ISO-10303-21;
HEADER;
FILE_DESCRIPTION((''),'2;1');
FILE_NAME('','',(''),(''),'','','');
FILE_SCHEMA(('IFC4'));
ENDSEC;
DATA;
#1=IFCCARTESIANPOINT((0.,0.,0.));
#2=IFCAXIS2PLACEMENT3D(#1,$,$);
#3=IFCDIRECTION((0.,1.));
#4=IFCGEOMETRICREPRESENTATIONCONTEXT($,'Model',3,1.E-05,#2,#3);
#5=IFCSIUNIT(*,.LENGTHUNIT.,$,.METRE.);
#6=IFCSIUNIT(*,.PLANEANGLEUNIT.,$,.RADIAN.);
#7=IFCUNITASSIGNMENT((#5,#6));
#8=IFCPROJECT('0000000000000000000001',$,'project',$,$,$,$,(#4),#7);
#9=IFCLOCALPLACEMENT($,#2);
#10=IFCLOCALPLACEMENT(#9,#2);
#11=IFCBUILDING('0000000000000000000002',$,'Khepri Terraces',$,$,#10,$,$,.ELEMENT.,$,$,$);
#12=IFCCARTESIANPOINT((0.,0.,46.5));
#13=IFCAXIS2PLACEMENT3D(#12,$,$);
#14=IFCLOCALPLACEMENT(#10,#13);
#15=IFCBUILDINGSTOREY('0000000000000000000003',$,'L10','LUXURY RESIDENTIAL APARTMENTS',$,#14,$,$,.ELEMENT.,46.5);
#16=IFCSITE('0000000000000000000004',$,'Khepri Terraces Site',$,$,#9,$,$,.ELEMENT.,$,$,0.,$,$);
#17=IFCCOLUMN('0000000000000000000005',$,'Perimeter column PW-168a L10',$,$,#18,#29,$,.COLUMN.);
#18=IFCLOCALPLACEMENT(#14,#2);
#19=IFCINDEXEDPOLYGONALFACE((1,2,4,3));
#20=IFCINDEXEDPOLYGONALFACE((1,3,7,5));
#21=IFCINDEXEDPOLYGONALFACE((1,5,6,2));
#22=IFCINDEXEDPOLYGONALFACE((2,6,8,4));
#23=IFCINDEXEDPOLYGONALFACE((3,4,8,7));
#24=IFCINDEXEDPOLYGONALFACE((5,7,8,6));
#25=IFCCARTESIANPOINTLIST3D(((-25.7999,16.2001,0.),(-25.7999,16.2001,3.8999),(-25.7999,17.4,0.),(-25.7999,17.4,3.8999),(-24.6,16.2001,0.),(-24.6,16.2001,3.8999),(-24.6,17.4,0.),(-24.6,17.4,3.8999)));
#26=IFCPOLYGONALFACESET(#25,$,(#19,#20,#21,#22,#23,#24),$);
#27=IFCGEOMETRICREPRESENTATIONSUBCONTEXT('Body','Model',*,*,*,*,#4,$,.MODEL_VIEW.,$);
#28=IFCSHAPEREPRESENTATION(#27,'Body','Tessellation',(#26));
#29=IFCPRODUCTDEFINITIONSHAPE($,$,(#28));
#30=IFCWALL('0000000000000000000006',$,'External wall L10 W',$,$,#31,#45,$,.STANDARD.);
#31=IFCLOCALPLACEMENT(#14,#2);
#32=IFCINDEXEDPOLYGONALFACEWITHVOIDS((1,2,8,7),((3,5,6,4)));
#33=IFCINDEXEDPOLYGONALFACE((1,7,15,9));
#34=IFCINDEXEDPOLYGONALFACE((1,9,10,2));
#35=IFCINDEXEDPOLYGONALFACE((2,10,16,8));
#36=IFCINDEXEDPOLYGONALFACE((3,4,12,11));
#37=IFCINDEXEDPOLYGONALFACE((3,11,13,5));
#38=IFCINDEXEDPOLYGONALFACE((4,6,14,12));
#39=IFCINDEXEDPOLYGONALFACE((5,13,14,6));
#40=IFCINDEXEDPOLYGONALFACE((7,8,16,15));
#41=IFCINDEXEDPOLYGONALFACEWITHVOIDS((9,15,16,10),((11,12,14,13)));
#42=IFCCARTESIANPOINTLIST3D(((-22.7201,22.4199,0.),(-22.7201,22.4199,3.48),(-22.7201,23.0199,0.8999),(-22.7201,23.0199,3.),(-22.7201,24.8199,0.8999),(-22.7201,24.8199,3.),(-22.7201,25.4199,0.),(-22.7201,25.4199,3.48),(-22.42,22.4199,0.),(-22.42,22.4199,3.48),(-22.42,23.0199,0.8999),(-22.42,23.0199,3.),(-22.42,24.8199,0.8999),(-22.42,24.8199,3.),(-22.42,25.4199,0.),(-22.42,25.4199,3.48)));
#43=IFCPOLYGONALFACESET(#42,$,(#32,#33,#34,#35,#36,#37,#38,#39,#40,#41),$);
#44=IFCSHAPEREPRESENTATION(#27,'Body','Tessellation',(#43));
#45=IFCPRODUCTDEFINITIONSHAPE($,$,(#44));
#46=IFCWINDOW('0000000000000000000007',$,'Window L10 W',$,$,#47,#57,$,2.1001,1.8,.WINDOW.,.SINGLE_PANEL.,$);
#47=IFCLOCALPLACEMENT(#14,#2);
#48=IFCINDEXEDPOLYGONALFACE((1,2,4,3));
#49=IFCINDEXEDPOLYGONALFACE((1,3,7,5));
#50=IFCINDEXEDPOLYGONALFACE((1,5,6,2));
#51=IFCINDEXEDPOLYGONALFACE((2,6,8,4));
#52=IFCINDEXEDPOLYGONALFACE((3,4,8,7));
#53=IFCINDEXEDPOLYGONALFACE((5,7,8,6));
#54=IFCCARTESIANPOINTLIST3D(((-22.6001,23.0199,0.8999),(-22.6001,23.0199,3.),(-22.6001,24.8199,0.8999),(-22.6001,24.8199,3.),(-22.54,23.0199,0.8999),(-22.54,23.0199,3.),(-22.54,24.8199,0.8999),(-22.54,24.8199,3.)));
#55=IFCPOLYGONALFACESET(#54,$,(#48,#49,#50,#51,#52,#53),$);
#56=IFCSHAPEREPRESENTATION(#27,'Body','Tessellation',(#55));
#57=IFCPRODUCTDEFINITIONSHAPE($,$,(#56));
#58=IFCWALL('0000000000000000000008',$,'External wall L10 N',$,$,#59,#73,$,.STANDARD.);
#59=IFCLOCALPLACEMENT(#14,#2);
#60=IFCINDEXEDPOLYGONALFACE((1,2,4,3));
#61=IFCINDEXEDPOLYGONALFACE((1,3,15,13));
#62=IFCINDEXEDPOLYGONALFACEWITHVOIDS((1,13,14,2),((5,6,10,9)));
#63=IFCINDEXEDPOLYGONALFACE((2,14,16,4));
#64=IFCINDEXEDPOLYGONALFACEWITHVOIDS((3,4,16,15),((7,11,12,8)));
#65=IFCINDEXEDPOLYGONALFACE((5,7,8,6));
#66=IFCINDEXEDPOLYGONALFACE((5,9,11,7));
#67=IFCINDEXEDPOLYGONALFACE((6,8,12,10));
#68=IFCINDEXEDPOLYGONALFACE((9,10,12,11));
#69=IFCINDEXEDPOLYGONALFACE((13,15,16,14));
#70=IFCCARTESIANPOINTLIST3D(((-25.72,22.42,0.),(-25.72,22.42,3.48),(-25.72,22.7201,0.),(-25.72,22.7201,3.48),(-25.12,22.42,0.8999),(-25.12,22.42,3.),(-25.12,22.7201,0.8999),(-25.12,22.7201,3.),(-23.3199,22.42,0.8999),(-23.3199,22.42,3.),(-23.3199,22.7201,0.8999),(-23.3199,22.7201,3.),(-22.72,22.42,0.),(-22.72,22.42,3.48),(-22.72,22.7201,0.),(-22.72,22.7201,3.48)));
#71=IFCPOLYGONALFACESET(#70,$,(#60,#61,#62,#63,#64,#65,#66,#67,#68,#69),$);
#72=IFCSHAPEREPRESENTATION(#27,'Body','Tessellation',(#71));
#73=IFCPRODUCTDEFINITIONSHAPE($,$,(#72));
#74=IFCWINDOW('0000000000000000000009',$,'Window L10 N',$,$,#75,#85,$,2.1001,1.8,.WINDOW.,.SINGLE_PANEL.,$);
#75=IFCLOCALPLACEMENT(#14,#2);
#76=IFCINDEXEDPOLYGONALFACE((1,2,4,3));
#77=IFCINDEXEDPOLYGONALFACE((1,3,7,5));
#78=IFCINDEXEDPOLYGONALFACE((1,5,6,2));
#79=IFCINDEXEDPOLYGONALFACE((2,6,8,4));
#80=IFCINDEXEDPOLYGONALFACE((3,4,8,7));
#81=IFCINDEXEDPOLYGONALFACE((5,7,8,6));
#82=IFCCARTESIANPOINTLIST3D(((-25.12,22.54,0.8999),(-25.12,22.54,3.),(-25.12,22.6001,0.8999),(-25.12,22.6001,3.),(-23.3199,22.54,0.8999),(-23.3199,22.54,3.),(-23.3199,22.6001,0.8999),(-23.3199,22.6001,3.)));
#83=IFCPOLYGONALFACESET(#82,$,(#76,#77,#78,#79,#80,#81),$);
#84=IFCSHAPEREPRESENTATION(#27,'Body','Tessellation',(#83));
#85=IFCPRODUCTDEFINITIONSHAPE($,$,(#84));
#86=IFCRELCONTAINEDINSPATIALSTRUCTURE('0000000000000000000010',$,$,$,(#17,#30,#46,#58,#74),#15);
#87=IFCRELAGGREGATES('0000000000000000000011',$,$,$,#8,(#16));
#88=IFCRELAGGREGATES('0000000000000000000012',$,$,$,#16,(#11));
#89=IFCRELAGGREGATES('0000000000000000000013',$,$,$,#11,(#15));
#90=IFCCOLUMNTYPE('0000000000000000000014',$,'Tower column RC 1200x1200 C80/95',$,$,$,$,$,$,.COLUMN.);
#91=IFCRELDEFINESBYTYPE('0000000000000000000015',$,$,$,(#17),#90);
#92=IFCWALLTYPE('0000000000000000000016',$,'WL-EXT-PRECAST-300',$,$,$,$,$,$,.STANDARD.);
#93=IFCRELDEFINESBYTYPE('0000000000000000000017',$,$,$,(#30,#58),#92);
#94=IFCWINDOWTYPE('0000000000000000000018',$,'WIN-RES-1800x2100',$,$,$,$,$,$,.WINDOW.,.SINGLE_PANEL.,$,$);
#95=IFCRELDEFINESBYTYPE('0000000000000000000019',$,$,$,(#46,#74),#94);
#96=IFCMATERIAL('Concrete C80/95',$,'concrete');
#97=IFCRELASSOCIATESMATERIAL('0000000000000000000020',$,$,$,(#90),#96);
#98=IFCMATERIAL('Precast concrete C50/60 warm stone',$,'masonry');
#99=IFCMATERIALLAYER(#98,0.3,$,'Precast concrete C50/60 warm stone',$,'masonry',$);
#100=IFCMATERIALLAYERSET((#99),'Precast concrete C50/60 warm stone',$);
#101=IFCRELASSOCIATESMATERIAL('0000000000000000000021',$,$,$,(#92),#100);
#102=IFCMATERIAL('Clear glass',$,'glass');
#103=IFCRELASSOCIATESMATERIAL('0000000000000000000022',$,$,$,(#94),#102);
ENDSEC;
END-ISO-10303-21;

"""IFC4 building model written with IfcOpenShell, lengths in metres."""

from ifc_helpers import new_model, si_unit, direction, frame, frame_2d, origin, origin_2d, place, context, subcontext, project, spatial, rectangle, extrude, material, layer, layer_set, material_profile, profile_set, type_object, element, fill, save


model = new_model("IFC4")

# Units and contexts
model_context = context("Model", 3, precision=1e-05, world=origin(), true_north=direction((0.0, 1.0)))
body_context = subcontext(model_context, "Body", "Model", "MODEL_VIEW")
ifc_project = project(units=[si_unit("LENGTHUNIT", "METRE"), si_unit("PLANEANGLEUNIT", "RADIAN")], contexts=[model_context])

# Site, building, storey
site_placement = place(None, origin())
site = spatial("IfcSite", under=ifc_project, at=site_placement, Name="Khepri Terraces Site", CompositionType="ELEMENT", RefElevation=0.0)
building_placement = place(site_placement, origin())
building = spatial("IfcBuilding", under=site, at=building_placement, Name="Khepri Terraces", CompositionType="ELEMENT")
storey_placement = place(building_placement, frame((0.0, 0.0, 46.5)))
storey = spatial("IfcBuildingStorey", under=building, at=storey_placement, Name="L10", Description="LUXURY RESIDENTIAL APARTMENTS", CompositionType="ELEMENT", Elevation=46.5)

# Column
ifc_material_1 = material(Name="Concrete C80/95", Category="concrete")
ifc_material_profile = material_profile(ifc_material_1, rectangle(XDim=1.2, YDim=1.2, at=origin_2d()), Name="Concrete C80/95", Category="concrete")
ifc_profile_set = profile_set([ifc_material_profile], Name="Concrete C80/95")
column_type = type_object("IfcColumnType", Name="Tower column RC 1200x1200 C80/95", PredefinedType="COLUMN", material=ifc_profile_set)
column_placement = place(storey_placement, frame((-25.2, 16.8, 0.0), z_axis=(0.0, 0.0, 1.0), x_axis=(1.0, 0.0, 0.0)))
element("IfcColumn", 1, at=column_placement, inside=storey, type_object=column_type, Name="Perimeter column PW-168a L10", PredefinedType="COLUMN", context=body_context, shape_type="SweptSolid", body=[
    extrude(rectangle(XDim=1.2, YDim=1.2, at=origin_2d()), origin(), (0.0, 0.0, 1.0), 3.8999),
])

# Walls, openings, windows
ifc_material_2 = material(Name="Precast concrete C50/60 warm stone", Category="masonry")
ifc_layer = layer(ifc_material_2, 0.3, Name="Precast concrete C50/60 warm stone", Category="masonry")
ifc_layer_set = layer_set([ifc_layer], Name="Precast concrete C50/60 warm stone")
wall_type = type_object("IfcWallType", Name="WL-EXT-PRECAST-300", PredefinedType="STANDARD", material=ifc_layer_set)
wall_1_placement = place(storey_placement, frame((-22.5701, 25.4199, 0.0), z_axis=(0.0, 0.0, 1.0), x_axis=(0.0, -1.0, 0.0)))
wall_1 = element("IfcWall", 2, at=wall_1_placement, inside=storey, type_object=wall_type, Name="External wall L10 W", PredefinedType="STANDARD", context=body_context, shape_type="SweptSolid", body=[
    extrude(rectangle(XDim=3.0, YDim=0.3, at=frame_2d((1.5, 0.0))), origin(), (0.0, 0.0, 1.0), 3.48),
])
opening_1_placement = place(wall_1_placement, frame((0.6001, 0.0, 0.8999)))
opening_1 = element("IfcOpeningElement", 3, at=opening_1_placement, cuts=wall_1, PredefinedType="OPENING", context=body_context, shape_type="SweptSolid", body=[
    extrude(rectangle(XDim=1.8, YDim=2.1001, at=frame_2d((0.8999, 1.05))), frame((0.0, 0.1602, 0.0), z_axis=(0.0, -1.0, 0.0), x_axis=(1.0, 0.0, 0.0)), (0.0, 0.0, 1.0), 0.3201),
])
ifc_material_3 = material(Name="Clear glass", Category="glass")
window_type = type_object("IfcWindowType", Name="WIN-RES-1800x2100", PartitioningType="SINGLE_PANEL", PredefinedType="WINDOW", material=ifc_material_3)
window_1_placement = place(opening_1_placement, origin())
window_1 = element("IfcWindow", 4, at=window_1_placement, inside=storey, type_object=window_type, Name="Window L10 W", OverallHeight=2.1001, OverallWidth=1.8, PartitioningType="SINGLE_PANEL", PredefinedType="WINDOW", context=body_context, shape_type="SweptSolid", body=[
    extrude(rectangle(XDim=1.8, YDim=2.1001, at=frame_2d((0.8999, 1.05))), frame((0.0, 0.03, 0.0), z_axis=(0.0, -1.0, 0.0), x_axis=(1.0, 0.0, 0.0)), (0.0, 0.0, 1.0), 0.0601),
])
fill(opening_1, window_1)
wall_2_placement = place(storey_placement, frame((-22.72, 22.5701, 0.0), z_axis=(0.0, 0.0, 1.0), x_axis=(-1.0, 0.0, 0.0)))
wall_2 = element("IfcWall", 5, at=wall_2_placement, inside=storey, type_object=wall_type, Name="External wall L10 N", PredefinedType="STANDARD", context=body_context, shape_type="SweptSolid", body=[
    extrude(rectangle(XDim=3.0, YDim=0.3, at=frame_2d((1.5, 0.0))), origin(), (0.0, 0.0, 1.0), 3.48),
])
opening_2_placement = place(wall_2_placement, frame((0.6001, 0.0, 0.8999)))
opening_2 = element("IfcOpeningElement", 6, at=opening_2_placement, cuts=wall_2, PredefinedType="OPENING", context=body_context, shape_type="SweptSolid", body=[
    extrude(rectangle(XDim=1.8, YDim=2.1001, at=frame_2d((0.8999, 1.05))), frame((0.0, 0.1602, 0.0), z_axis=(0.0, -1.0, 0.0), x_axis=(1.0, 0.0, 0.0)), (0.0, 0.0, 1.0), 0.3201),
])
window_2_placement = place(opening_2_placement, origin())
window_2 = element("IfcWindow", 7, at=window_2_placement, inside=storey, type_object=window_type, Name="Window L10 N", OverallHeight=2.1001, OverallWidth=1.8, PartitioningType="SINGLE_PANEL", PredefinedType="WINDOW", context=body_context, shape_type="SweptSolid", body=[
    extrude(rectangle(XDim=1.8, YDim=2.1001, at=frame_2d((0.8999, 1.05))), frame((0.0, 0.03, 0.0), z_axis=(0.0, -1.0, 0.0), x_axis=(1.0, 0.0, 0.0)), (0.0, 0.0, 1.0), 0.0601),
])
fill(opening_2, window_2)

save(model, "model.ifc")
